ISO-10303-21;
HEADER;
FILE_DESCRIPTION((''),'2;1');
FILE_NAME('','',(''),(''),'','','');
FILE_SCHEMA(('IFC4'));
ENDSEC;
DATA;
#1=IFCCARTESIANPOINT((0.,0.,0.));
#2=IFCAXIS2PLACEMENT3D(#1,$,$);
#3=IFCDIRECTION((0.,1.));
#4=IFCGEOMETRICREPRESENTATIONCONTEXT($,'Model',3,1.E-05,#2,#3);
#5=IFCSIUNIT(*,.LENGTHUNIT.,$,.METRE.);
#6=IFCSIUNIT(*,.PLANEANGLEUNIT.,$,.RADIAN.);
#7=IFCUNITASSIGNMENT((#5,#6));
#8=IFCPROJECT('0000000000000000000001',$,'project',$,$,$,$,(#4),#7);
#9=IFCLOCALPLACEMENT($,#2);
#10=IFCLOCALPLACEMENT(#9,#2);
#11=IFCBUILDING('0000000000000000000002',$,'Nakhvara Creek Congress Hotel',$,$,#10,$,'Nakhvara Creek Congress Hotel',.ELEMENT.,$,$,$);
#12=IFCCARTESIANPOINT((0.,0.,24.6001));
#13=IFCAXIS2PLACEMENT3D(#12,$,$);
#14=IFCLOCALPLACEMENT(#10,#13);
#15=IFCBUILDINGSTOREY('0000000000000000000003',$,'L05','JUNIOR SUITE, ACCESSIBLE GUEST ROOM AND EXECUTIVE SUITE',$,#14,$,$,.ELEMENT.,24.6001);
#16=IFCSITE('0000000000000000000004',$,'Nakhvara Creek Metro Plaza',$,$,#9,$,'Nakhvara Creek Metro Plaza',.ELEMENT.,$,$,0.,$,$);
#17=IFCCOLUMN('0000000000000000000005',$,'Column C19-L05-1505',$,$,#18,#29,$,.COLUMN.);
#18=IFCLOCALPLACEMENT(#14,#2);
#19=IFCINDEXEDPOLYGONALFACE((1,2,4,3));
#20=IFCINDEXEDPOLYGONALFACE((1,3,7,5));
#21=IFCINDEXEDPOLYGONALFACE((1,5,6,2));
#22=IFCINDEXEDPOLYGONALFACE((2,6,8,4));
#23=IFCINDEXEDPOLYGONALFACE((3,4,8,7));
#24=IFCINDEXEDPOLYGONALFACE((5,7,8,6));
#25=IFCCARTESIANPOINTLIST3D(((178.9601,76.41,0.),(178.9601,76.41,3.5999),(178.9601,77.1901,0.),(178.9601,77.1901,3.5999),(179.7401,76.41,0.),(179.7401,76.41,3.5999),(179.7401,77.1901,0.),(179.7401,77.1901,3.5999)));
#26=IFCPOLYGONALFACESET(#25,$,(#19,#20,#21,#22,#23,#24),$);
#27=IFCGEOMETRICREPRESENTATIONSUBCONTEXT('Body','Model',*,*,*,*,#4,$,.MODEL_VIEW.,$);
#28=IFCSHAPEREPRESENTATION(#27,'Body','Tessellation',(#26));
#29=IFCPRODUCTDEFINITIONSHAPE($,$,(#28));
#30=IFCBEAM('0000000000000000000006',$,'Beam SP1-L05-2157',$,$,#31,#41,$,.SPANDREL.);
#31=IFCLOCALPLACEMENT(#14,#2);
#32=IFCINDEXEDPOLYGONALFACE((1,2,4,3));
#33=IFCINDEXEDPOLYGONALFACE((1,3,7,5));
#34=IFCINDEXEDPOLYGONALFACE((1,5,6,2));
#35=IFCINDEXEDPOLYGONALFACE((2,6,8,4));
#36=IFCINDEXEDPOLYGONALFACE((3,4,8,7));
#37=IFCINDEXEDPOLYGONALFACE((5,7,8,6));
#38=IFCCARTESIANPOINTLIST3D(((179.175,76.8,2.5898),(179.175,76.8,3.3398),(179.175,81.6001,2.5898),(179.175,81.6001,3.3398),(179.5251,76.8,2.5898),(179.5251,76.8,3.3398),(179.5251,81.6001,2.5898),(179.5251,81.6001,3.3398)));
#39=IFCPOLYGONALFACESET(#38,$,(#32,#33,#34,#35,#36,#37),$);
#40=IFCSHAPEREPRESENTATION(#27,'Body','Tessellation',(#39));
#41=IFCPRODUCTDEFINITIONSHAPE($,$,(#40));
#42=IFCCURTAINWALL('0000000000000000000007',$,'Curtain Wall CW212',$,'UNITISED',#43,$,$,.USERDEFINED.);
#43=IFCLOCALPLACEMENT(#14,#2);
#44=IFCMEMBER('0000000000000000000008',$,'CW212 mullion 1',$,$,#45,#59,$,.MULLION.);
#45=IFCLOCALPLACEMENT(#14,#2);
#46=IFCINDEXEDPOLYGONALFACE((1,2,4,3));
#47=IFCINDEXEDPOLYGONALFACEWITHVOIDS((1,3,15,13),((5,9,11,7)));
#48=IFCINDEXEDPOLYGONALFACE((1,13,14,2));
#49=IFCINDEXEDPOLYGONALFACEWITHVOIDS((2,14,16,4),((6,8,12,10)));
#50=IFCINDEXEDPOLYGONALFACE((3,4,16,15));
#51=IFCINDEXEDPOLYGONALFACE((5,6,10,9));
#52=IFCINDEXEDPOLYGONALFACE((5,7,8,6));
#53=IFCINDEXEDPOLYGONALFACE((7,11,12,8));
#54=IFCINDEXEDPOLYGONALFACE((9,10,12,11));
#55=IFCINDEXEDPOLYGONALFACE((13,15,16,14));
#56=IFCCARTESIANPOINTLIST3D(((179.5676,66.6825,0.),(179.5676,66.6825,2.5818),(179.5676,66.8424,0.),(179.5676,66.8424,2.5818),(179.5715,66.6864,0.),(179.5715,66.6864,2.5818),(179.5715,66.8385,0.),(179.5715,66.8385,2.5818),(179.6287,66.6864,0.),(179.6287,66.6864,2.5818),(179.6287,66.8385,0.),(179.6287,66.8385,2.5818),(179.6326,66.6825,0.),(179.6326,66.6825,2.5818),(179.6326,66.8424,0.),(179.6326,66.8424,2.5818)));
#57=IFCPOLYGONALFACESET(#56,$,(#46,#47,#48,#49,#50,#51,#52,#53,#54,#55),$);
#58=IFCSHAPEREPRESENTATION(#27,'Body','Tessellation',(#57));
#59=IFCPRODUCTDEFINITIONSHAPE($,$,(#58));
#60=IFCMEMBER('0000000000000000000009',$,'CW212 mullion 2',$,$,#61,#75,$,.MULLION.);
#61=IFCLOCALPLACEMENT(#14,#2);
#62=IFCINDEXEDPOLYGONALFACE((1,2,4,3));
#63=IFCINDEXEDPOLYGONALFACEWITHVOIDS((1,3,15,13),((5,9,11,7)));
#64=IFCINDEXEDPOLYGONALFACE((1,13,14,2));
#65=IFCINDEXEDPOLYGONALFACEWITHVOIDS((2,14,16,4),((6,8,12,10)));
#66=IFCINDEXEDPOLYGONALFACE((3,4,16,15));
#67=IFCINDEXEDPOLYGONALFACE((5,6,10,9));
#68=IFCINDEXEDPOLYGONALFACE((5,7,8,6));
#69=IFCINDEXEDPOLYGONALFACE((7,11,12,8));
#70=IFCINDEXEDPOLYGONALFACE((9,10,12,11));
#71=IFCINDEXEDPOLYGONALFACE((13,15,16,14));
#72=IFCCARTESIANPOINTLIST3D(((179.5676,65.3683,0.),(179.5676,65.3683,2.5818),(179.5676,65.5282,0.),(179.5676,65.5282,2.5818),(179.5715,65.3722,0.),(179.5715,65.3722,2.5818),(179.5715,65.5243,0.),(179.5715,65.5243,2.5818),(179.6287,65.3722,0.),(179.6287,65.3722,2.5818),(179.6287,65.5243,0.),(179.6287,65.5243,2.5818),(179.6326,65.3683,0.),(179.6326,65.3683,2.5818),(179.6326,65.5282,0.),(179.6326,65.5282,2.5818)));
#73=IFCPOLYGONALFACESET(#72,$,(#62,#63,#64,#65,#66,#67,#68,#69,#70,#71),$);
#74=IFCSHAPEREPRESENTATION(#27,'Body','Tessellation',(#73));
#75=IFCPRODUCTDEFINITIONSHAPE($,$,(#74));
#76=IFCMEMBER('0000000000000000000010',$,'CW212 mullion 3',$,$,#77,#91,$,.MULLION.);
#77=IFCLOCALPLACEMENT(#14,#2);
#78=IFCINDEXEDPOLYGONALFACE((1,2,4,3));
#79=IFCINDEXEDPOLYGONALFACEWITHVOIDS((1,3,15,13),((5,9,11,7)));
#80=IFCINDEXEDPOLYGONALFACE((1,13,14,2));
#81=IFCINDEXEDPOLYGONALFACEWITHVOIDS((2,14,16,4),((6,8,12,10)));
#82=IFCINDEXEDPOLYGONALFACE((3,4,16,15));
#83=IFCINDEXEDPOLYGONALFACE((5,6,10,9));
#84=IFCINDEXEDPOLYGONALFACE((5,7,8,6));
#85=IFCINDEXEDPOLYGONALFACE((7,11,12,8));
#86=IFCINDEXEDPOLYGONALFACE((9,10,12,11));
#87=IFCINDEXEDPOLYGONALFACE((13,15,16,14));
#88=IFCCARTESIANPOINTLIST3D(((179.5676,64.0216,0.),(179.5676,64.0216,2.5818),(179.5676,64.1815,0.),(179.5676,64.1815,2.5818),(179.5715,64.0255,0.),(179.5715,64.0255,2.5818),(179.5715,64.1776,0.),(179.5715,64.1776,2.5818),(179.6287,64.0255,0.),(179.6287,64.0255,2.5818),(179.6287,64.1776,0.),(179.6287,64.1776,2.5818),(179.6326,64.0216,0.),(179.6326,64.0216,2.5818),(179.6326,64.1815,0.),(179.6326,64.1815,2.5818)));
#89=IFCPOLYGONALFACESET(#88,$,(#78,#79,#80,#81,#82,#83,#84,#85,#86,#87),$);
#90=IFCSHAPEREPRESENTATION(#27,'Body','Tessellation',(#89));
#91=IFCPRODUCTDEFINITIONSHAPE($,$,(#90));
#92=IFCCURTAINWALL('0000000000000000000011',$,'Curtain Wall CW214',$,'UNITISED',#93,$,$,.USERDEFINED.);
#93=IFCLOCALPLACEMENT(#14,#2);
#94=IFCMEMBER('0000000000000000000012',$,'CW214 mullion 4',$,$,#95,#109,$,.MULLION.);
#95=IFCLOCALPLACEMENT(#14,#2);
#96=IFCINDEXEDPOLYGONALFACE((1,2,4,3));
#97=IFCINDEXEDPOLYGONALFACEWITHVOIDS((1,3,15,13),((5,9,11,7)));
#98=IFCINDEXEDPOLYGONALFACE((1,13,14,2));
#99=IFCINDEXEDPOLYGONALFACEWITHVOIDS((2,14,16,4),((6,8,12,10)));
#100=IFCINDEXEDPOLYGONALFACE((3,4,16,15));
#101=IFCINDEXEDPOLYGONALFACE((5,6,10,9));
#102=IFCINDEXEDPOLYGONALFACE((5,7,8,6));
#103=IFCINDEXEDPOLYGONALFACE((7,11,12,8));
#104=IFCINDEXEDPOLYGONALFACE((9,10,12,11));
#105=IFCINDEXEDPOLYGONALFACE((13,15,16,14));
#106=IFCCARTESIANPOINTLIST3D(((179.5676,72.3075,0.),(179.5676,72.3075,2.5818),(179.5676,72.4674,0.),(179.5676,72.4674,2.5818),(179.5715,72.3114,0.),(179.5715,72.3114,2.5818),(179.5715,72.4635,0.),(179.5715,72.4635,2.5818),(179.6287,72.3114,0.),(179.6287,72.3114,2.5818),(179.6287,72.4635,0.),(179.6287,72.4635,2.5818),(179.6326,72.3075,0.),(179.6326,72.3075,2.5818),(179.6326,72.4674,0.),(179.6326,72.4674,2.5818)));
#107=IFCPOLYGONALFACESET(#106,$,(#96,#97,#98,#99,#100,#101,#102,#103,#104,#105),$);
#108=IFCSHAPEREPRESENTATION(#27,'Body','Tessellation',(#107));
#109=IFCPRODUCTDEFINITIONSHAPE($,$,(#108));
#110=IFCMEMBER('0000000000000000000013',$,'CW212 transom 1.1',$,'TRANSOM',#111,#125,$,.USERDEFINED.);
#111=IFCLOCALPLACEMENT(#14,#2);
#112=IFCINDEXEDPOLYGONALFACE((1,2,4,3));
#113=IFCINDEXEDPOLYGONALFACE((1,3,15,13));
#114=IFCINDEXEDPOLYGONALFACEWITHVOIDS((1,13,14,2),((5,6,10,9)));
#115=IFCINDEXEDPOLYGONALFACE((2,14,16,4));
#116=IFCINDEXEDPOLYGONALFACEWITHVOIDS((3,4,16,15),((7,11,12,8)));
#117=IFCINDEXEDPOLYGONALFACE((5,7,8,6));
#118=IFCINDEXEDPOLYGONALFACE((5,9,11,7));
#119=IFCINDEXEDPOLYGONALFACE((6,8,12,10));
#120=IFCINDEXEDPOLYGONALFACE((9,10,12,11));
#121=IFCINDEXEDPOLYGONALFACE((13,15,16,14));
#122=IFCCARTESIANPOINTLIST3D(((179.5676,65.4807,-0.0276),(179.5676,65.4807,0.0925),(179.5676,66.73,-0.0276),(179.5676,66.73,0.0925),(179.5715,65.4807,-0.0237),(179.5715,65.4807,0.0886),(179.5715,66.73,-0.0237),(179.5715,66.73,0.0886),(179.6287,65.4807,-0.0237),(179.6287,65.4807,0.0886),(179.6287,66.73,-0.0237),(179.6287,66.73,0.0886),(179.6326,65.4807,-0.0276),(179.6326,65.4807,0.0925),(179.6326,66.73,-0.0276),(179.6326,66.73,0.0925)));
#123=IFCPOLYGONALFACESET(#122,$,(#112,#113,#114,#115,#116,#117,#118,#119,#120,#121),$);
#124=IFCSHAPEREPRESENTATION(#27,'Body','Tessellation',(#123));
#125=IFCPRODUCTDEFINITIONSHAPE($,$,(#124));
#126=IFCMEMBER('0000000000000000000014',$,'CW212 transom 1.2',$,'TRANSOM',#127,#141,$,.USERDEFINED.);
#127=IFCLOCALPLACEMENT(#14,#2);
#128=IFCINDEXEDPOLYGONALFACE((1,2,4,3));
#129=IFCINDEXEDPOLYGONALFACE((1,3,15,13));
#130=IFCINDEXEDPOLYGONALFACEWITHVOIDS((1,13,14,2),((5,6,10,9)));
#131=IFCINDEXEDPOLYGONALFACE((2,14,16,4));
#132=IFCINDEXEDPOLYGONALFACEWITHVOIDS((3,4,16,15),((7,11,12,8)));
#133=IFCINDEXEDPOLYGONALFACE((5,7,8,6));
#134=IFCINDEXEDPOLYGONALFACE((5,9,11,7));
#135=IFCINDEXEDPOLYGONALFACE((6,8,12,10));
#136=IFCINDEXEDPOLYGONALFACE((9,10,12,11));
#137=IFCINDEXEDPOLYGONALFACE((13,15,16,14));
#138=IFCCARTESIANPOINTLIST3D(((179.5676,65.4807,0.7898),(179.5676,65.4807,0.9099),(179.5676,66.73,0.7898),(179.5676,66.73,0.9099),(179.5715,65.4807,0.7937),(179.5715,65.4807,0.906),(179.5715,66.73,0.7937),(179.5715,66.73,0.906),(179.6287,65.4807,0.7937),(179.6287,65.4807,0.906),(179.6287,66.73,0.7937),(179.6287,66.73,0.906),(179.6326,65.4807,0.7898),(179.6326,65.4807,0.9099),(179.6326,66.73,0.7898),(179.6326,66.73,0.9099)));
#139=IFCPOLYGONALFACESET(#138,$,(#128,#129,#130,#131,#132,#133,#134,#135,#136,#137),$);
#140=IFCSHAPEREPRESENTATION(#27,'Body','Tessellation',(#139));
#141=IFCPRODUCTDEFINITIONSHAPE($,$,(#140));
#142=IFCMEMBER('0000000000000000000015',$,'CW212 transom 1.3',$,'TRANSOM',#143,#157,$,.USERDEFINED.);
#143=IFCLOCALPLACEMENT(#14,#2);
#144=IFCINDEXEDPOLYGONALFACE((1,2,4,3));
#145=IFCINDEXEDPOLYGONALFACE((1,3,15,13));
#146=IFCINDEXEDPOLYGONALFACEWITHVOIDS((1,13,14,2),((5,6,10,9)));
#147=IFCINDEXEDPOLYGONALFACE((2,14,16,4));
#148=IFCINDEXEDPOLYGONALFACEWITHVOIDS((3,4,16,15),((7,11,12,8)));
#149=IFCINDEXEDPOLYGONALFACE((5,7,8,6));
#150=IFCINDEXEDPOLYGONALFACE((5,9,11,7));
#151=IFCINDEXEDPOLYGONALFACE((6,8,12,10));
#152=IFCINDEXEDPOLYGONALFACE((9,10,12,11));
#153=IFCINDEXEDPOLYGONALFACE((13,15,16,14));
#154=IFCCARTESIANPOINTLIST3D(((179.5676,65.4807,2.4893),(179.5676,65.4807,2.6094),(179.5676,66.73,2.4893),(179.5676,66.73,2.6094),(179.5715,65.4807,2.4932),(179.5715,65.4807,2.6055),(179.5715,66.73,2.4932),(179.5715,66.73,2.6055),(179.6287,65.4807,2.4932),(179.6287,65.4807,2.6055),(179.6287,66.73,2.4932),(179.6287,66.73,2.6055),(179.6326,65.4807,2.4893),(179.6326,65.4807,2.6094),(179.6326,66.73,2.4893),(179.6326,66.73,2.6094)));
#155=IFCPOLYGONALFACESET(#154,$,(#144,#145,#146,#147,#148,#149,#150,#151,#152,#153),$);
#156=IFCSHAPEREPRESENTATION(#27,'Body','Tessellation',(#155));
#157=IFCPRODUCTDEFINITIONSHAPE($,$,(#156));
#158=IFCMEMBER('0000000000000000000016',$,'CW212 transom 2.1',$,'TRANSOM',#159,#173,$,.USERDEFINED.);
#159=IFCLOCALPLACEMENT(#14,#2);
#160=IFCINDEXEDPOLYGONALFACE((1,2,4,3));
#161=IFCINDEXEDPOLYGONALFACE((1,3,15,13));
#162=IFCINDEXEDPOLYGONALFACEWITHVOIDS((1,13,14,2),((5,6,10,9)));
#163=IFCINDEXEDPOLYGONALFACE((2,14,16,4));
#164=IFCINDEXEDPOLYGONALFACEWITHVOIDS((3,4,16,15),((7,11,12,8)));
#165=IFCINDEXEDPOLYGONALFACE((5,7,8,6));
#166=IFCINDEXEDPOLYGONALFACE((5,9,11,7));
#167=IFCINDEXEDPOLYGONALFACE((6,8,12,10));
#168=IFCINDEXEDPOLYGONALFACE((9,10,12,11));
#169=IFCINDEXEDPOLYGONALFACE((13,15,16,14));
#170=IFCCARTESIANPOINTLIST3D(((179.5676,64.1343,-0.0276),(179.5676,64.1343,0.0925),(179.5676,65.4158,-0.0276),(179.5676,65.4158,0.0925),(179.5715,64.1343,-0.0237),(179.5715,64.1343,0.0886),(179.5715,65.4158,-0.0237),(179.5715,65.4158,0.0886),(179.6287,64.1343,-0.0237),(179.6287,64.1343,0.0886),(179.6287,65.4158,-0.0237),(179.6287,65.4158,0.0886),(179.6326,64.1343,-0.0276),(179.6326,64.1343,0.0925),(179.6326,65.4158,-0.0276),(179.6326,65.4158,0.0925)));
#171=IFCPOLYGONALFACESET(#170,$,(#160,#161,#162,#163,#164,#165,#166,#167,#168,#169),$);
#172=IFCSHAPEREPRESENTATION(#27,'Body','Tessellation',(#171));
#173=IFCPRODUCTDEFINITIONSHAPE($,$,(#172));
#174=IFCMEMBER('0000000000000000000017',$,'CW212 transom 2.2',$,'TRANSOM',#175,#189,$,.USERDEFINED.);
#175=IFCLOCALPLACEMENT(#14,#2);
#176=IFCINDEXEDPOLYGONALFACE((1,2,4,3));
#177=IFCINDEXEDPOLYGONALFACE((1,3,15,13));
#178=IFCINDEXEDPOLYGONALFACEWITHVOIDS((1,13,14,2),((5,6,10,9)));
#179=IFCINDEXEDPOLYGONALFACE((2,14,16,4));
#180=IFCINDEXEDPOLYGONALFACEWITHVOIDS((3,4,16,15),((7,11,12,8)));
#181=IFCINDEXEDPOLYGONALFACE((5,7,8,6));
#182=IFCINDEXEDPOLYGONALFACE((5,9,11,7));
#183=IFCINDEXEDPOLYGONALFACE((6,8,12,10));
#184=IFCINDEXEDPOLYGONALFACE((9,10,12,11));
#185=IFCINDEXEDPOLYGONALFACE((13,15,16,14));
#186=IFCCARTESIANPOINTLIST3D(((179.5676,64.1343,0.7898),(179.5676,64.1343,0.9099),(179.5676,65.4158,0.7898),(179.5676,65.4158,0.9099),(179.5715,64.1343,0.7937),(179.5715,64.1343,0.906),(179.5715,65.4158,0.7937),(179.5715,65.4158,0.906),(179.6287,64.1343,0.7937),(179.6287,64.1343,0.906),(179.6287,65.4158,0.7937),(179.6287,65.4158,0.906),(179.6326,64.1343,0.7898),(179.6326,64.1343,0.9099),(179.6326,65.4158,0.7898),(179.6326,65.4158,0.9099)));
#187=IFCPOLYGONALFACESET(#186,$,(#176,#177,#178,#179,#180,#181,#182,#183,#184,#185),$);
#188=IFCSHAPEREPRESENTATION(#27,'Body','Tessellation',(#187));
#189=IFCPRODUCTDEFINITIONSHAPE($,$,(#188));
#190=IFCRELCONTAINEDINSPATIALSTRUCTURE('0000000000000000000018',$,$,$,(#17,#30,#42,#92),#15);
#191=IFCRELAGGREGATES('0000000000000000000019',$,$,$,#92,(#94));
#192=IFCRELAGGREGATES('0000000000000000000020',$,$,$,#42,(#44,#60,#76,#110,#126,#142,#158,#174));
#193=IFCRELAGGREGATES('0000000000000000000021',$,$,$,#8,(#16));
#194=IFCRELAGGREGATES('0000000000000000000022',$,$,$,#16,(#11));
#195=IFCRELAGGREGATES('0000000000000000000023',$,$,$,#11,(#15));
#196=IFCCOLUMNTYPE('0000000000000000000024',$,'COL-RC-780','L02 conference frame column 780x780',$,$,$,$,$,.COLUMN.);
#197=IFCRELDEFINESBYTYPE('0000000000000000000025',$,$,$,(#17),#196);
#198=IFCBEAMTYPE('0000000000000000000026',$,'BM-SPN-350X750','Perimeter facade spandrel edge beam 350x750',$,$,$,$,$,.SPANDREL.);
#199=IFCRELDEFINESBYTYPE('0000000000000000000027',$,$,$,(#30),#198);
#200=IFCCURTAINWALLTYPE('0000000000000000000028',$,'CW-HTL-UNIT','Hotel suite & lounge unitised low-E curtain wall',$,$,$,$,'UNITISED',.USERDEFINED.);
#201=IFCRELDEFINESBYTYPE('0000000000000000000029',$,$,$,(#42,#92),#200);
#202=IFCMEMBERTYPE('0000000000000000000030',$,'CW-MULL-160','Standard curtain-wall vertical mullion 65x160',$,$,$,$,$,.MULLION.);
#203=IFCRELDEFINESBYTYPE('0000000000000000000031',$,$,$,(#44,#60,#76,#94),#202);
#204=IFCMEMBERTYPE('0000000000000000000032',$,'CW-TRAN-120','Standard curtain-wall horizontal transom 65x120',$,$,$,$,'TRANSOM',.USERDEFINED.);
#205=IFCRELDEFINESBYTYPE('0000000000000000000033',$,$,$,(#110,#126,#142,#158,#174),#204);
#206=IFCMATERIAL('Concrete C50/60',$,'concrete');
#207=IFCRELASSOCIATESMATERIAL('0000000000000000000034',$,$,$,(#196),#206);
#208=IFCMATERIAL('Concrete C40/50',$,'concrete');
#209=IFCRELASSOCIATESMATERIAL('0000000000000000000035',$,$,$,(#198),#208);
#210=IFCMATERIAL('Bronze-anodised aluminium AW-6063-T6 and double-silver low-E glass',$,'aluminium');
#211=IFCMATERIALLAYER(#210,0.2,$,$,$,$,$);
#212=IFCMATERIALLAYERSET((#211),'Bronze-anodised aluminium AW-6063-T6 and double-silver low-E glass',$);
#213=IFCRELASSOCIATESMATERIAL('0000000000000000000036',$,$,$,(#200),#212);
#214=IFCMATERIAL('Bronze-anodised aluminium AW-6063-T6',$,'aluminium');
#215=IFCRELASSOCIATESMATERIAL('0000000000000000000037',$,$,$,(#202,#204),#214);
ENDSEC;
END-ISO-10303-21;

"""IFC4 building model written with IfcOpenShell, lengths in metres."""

from ifc_helpers import new_model, si_unit, direction, frame, origin, origin_2d, place, context, subcontext, project, spatial, rectangle, hollow_rectangle, extrude, material, layer, layer_set, material_profile, profile_set, type_object, element, aggregate, save


model = new_model("IFC4")

# Units and contexts
model_context = context("Model", 3, precision=1e-05, world=origin(), true_north=direction((0.0, 1.0)))
body_context = subcontext(model_context, "Body", "Model", "MODEL_VIEW")
ifc_project = project(units=[si_unit("LENGTHUNIT", "METRE"), si_unit("PLANEANGLEUNIT", "RADIAN")], contexts=[model_context])

# Site, building, storey
site_placement = place(None, origin())
site = spatial("IfcSite", under=ifc_project, at=site_placement, Name="Nakhvara Creek Metro Plaza", LongName="Nakhvara Creek Metro Plaza", CompositionType="ELEMENT", RefElevation=0.0)
building_placement = place(site_placement, origin())
building = spatial("IfcBuilding", under=site, at=building_placement, Name="Nakhvara Creek Congress Hotel", LongName="Nakhvara Creek Congress Hotel", CompositionType="ELEMENT")
storey_placement = place(building_placement, frame((0.0, 0.0, 24.6001)))
storey = spatial("IfcBuildingStorey", under=building, at=storey_placement, Name="L05", Description="JUNIOR SUITE, ACCESSIBLE GUEST ROOM AND EXECUTIVE SUITE", CompositionType="ELEMENT", Elevation=24.6001)

# Column
ifc_material_1 = material(Name="Concrete C50/60", Category="concrete")
ifc_material_profile_1 = material_profile(ifc_material_1, rectangle(XDim=0.78, YDim=0.78, at=origin_2d()), Name="RC-COL 780x780", Category="LoadBearing")
ifc_profile_set_1 = profile_set([ifc_material_profile_1], Name="Concrete C50/60")
column_type = type_object("IfcColumnType", Name="COL-RC-780", Description="L02 conference frame column 780x780", PredefinedType="COLUMN", material=ifc_profile_set_1)
column_placement = place(storey_placement, frame((179.3501, 76.8, 0.0), z_axis=(0.0, 0.0, 1.0), x_axis=(1.0, 0.0, 0.0)))
element("IfcColumn", 1, at=column_placement, inside=storey, type_object=column_type, Name="Column C19-L05-1505", PredefinedType="COLUMN", context=body_context, shape_type="SweptSolid", body=[
    extrude(rectangle(XDim=0.78, YDim=0.78, at=origin_2d()), origin(), (0.0, 0.0, 1.0), 3.5999),
])

# Beam
ifc_material_2 = material(Name="Concrete C40/50", Category="concrete")
ifc_material_profile_2 = material_profile(ifc_material_2, rectangle(XDim=0.3501, YDim=0.75, at=origin_2d()), Name="RC-SPANDREL 350x750", Category="LoadBearing")
ifc_profile_set_2 = profile_set([ifc_material_profile_2], Name="Concrete C40/50")
beam_type = type_object("IfcBeamType", Name="BM-SPN-350X750", Description="Perimeter facade spandrel edge beam 350x750", PredefinedType="SPANDREL", material=ifc_profile_set_2)
beam_placement = place(storey_placement, frame((179.3501, 76.8, 2.9648), z_axis=(0.0, 1.0, 0.0), x_axis=(-1.0, 0.0, 0.0)))
element("IfcBeam", 2, at=beam_placement, inside=storey, type_object=beam_type, Name="Beam SP1-L05-2157", PredefinedType="SPANDREL", context=body_context, shape_type="SweptSolid", body=[
    extrude(rectangle(XDim=0.3501, YDim=0.75, at=origin_2d()), origin(), (0.0, 0.0, 1.0), 4.8),
])

# Curtain wall, members
ifc_material_3 = material(Name="Bronze-anodised aluminium AW-6063-T6 and double-silver low-E glass", Category="aluminium")
ifc_layer_1 = layer(ifc_material_3, 0.2)
ifc_layer_set_1 = layer_set([ifc_layer_1], Name="Bronze-anodised aluminium AW-6063-T6 and double-silver low-E glass")
curtain_wall_type = type_object("IfcCurtainWallType", Name="CW-HTL-UNIT", Description="Hotel suite & lounge unitised low-E curtain wall", ElementType="UNITISED", PredefinedType="USERDEFINED", material=ifc_layer_set_1)
curtain_wall_1_placement = place(storey_placement, origin())
curtain_wall_1 = element("IfcCurtainWall", 3, at=curtain_wall_1_placement, inside=storey, type_object=curtain_wall_type, Name="Curtain Wall CW212", ObjectType="UNITISED", PredefinedType="USERDEFINED")
ifc_material_4 = material(Name="Bronze-anodised aluminium AW-6063-T6", Category="aluminium")
ifc_material_profile_3 = material_profile(ifc_material_4, hollow_rectangle(XDim=0.0649, YDim=0.1599, WallThickness=0.0039, at=origin_2d()), Name="ALU-MULL 65x160x4", Category="LoadBearing")
ifc_profile_set_3 = profile_set([ifc_material_profile_3], Name="Bronze-anodised aluminium AW-6063-T6")
member_type_1 = type_object("IfcMemberType", Name="CW-MULL-160", Description="Standard curtain-wall vertical mullion 65x160", PredefinedType="MULLION", material=ifc_profile_set_3)
member_1_placement = place(storey_placement, frame((179.6001, 66.7625, 0.0), z_axis=(0.0, 0.0, 1.0), x_axis=(1.0, 0.0, 0.0)))
member_1 = element("IfcMember", 4, at=member_1_placement, type_object=member_type_1, Name="CW212 mullion 1", PredefinedType="MULLION", context=body_context, shape_type="SweptSolid", body=[
    extrude(hollow_rectangle(XDim=0.0649, YDim=0.1599, WallThickness=0.0039, at=origin_2d()), origin(), (0.0, 0.0, 1.0), 2.5818),
])
member_2_placement = place(storey_placement, frame((179.6001, 65.4482, 0.0), z_axis=(0.0, 0.0, 1.0), x_axis=(1.0, 0.0, 0.0)))
member_2 = element("IfcMember", 5, at=member_2_placement, type_object=member_type_1, Name="CW212 mullion 2", PredefinedType="MULLION", context=body_context, shape_type="SweptSolid", body=[
    extrude(hollow_rectangle(XDim=0.0649, YDim=0.1599, WallThickness=0.0039, at=origin_2d()), origin(), (0.0, 0.0, 1.0), 2.5818),
])
member_3_placement = place(storey_placement, frame((179.6001, 64.1016, 0.0), z_axis=(0.0, 0.0, 1.0), x_axis=(1.0, 0.0, 0.0)))
member_3 = element("IfcMember", 6, at=member_3_placement, type_object=member_type_1, Name="CW212 mullion 3", PredefinedType="MULLION", context=body_context, shape_type="SweptSolid", body=[
    extrude(hollow_rectangle(XDim=0.0649, YDim=0.1599, WallThickness=0.0039, at=origin_2d()), origin(), (0.0, 0.0, 1.0), 2.5818),
])

# Curtain wall, member
curtain_wall_2_placement = place(storey_placement, origin())
curtain_wall_2 = element("IfcCurtainWall", 7, at=curtain_wall_2_placement, inside=storey, type_object=curtain_wall_type, Name="Curtain Wall CW214", ObjectType="UNITISED", PredefinedType="USERDEFINED")
member_4_placement = place(storey_placement, frame((179.6001, 72.3875, 0.0), z_axis=(0.0, 0.0, 1.0), x_axis=(1.0, 0.0, 0.0)))
member_4 = element("IfcMember", 8, at=member_4_placement, type_object=member_type_1, Name="CW214 mullion 4", PredefinedType="MULLION", context=body_context, shape_type="SweptSolid", body=[
    extrude(hollow_rectangle(XDim=0.0649, YDim=0.1599, WallThickness=0.0039, at=origin_2d()), origin(), (0.0, 0.0, 1.0), 2.5818),
])

# Members
ifc_material_profile_4 = material_profile(ifc_material_4, hollow_rectangle(XDim=0.0649, YDim=0.1201, WallThickness=0.0039, at=origin_2d()), Name="ALU-TRAN 65x120x4", Category="LoadBearing")
ifc_profile_set_4 = profile_set([ifc_material_profile_4], Name="Bronze-anodised aluminium AW-6063-T6")
member_type_2 = type_object("IfcMemberType", Name="CW-TRAN-120", Description="Standard curtain-wall horizontal transom 65x120", ElementType="TRANSOM", PredefinedType="USERDEFINED", material=ifc_profile_set_4)
member_5_placement = place(storey_placement, frame((179.6001, 66.73, 0.0325), z_axis=(0.0, -1.0, 0.0), x_axis=(1.0, 0.0, 0.0)))
member_5 = element("IfcMember", 9, at=member_5_placement, type_object=member_type_2, Name="CW212 transom 1.1", ObjectType="TRANSOM", PredefinedType="USERDEFINED", context=body_context, shape_type="SweptSolid", body=[
    extrude(hollow_rectangle(XDim=0.0649, YDim=0.1201, WallThickness=0.0039, at=origin_2d()), origin(), (0.0, 0.0, 1.0), 1.2493),
])
member_6_placement = place(storey_placement, frame((179.6001, 66.73, 0.8499), z_axis=(0.0, -1.0, 0.0), x_axis=(1.0, 0.0, 0.0)))
member_6 = element("IfcMember", 10, at=member_6_placement, type_object=member_type_2, Name="CW212 transom 1.2", ObjectType="TRANSOM", PredefinedType="USERDEFINED", context=body_context, shape_type="SweptSolid", body=[
    extrude(hollow_rectangle(XDim=0.0649, YDim=0.1201, WallThickness=0.0039, at=origin_2d()), origin(), (0.0, 0.0, 1.0), 1.2493),
])
member_7_placement = place(storey_placement, frame((179.6001, 66.73, 2.5493), z_axis=(0.0, -1.0, 0.0), x_axis=(1.0, 0.0, 0.0)))
member_7 = element("IfcMember", 11, at=member_7_placement, type_object=member_type_2, Name="CW212 transom 1.3", ObjectType="TRANSOM", PredefinedType="USERDEFINED", context=body_context, shape_type="SweptSolid", body=[
    extrude(hollow_rectangle(XDim=0.0649, YDim=0.1201, WallThickness=0.0039, at=origin_2d()), origin(), (0.0, 0.0, 1.0), 1.2493),
])
member_8_placement = place(storey_placement, frame((179.6001, 65.4158, 0.0325), z_axis=(0.0, -1.0, 0.0), x_axis=(1.0, 0.0, 0.0)))
member_8 = element("IfcMember", 12, at=member_8_placement, type_object=member_type_2, Name="CW212 transom 2.1", ObjectType="TRANSOM", PredefinedType="USERDEFINED", context=body_context, shape_type="SweptSolid", body=[
    extrude(hollow_rectangle(XDim=0.0649, YDim=0.1201, WallThickness=0.0039, at=origin_2d()), origin(), (0.0, 0.0, 1.0), 1.2815),
])
member_9_placement = place(storey_placement, frame((179.6001, 65.4158, 0.8499), z_axis=(0.0, -1.0, 0.0), x_axis=(1.0, 0.0, 0.0)))
member_9 = element("IfcMember", 13, at=member_9_placement, type_object=member_type_2, Name="CW212 transom 2.2", ObjectType="TRANSOM", PredefinedType="USERDEFINED", context=body_context, shape_type="SweptSolid", body=[
    extrude(hollow_rectangle(XDim=0.0649, YDim=0.1201, WallThickness=0.0039, at=origin_2d()), origin(), (0.0, 0.0, 1.0), 1.2815),
])

aggregate(curtain_wall_2, [member_4])
aggregate(curtain_wall_1, [member_1, member_2, member_3, member_5, member_6, member_7, member_8, member_9])

save(model, "model.ifc")
